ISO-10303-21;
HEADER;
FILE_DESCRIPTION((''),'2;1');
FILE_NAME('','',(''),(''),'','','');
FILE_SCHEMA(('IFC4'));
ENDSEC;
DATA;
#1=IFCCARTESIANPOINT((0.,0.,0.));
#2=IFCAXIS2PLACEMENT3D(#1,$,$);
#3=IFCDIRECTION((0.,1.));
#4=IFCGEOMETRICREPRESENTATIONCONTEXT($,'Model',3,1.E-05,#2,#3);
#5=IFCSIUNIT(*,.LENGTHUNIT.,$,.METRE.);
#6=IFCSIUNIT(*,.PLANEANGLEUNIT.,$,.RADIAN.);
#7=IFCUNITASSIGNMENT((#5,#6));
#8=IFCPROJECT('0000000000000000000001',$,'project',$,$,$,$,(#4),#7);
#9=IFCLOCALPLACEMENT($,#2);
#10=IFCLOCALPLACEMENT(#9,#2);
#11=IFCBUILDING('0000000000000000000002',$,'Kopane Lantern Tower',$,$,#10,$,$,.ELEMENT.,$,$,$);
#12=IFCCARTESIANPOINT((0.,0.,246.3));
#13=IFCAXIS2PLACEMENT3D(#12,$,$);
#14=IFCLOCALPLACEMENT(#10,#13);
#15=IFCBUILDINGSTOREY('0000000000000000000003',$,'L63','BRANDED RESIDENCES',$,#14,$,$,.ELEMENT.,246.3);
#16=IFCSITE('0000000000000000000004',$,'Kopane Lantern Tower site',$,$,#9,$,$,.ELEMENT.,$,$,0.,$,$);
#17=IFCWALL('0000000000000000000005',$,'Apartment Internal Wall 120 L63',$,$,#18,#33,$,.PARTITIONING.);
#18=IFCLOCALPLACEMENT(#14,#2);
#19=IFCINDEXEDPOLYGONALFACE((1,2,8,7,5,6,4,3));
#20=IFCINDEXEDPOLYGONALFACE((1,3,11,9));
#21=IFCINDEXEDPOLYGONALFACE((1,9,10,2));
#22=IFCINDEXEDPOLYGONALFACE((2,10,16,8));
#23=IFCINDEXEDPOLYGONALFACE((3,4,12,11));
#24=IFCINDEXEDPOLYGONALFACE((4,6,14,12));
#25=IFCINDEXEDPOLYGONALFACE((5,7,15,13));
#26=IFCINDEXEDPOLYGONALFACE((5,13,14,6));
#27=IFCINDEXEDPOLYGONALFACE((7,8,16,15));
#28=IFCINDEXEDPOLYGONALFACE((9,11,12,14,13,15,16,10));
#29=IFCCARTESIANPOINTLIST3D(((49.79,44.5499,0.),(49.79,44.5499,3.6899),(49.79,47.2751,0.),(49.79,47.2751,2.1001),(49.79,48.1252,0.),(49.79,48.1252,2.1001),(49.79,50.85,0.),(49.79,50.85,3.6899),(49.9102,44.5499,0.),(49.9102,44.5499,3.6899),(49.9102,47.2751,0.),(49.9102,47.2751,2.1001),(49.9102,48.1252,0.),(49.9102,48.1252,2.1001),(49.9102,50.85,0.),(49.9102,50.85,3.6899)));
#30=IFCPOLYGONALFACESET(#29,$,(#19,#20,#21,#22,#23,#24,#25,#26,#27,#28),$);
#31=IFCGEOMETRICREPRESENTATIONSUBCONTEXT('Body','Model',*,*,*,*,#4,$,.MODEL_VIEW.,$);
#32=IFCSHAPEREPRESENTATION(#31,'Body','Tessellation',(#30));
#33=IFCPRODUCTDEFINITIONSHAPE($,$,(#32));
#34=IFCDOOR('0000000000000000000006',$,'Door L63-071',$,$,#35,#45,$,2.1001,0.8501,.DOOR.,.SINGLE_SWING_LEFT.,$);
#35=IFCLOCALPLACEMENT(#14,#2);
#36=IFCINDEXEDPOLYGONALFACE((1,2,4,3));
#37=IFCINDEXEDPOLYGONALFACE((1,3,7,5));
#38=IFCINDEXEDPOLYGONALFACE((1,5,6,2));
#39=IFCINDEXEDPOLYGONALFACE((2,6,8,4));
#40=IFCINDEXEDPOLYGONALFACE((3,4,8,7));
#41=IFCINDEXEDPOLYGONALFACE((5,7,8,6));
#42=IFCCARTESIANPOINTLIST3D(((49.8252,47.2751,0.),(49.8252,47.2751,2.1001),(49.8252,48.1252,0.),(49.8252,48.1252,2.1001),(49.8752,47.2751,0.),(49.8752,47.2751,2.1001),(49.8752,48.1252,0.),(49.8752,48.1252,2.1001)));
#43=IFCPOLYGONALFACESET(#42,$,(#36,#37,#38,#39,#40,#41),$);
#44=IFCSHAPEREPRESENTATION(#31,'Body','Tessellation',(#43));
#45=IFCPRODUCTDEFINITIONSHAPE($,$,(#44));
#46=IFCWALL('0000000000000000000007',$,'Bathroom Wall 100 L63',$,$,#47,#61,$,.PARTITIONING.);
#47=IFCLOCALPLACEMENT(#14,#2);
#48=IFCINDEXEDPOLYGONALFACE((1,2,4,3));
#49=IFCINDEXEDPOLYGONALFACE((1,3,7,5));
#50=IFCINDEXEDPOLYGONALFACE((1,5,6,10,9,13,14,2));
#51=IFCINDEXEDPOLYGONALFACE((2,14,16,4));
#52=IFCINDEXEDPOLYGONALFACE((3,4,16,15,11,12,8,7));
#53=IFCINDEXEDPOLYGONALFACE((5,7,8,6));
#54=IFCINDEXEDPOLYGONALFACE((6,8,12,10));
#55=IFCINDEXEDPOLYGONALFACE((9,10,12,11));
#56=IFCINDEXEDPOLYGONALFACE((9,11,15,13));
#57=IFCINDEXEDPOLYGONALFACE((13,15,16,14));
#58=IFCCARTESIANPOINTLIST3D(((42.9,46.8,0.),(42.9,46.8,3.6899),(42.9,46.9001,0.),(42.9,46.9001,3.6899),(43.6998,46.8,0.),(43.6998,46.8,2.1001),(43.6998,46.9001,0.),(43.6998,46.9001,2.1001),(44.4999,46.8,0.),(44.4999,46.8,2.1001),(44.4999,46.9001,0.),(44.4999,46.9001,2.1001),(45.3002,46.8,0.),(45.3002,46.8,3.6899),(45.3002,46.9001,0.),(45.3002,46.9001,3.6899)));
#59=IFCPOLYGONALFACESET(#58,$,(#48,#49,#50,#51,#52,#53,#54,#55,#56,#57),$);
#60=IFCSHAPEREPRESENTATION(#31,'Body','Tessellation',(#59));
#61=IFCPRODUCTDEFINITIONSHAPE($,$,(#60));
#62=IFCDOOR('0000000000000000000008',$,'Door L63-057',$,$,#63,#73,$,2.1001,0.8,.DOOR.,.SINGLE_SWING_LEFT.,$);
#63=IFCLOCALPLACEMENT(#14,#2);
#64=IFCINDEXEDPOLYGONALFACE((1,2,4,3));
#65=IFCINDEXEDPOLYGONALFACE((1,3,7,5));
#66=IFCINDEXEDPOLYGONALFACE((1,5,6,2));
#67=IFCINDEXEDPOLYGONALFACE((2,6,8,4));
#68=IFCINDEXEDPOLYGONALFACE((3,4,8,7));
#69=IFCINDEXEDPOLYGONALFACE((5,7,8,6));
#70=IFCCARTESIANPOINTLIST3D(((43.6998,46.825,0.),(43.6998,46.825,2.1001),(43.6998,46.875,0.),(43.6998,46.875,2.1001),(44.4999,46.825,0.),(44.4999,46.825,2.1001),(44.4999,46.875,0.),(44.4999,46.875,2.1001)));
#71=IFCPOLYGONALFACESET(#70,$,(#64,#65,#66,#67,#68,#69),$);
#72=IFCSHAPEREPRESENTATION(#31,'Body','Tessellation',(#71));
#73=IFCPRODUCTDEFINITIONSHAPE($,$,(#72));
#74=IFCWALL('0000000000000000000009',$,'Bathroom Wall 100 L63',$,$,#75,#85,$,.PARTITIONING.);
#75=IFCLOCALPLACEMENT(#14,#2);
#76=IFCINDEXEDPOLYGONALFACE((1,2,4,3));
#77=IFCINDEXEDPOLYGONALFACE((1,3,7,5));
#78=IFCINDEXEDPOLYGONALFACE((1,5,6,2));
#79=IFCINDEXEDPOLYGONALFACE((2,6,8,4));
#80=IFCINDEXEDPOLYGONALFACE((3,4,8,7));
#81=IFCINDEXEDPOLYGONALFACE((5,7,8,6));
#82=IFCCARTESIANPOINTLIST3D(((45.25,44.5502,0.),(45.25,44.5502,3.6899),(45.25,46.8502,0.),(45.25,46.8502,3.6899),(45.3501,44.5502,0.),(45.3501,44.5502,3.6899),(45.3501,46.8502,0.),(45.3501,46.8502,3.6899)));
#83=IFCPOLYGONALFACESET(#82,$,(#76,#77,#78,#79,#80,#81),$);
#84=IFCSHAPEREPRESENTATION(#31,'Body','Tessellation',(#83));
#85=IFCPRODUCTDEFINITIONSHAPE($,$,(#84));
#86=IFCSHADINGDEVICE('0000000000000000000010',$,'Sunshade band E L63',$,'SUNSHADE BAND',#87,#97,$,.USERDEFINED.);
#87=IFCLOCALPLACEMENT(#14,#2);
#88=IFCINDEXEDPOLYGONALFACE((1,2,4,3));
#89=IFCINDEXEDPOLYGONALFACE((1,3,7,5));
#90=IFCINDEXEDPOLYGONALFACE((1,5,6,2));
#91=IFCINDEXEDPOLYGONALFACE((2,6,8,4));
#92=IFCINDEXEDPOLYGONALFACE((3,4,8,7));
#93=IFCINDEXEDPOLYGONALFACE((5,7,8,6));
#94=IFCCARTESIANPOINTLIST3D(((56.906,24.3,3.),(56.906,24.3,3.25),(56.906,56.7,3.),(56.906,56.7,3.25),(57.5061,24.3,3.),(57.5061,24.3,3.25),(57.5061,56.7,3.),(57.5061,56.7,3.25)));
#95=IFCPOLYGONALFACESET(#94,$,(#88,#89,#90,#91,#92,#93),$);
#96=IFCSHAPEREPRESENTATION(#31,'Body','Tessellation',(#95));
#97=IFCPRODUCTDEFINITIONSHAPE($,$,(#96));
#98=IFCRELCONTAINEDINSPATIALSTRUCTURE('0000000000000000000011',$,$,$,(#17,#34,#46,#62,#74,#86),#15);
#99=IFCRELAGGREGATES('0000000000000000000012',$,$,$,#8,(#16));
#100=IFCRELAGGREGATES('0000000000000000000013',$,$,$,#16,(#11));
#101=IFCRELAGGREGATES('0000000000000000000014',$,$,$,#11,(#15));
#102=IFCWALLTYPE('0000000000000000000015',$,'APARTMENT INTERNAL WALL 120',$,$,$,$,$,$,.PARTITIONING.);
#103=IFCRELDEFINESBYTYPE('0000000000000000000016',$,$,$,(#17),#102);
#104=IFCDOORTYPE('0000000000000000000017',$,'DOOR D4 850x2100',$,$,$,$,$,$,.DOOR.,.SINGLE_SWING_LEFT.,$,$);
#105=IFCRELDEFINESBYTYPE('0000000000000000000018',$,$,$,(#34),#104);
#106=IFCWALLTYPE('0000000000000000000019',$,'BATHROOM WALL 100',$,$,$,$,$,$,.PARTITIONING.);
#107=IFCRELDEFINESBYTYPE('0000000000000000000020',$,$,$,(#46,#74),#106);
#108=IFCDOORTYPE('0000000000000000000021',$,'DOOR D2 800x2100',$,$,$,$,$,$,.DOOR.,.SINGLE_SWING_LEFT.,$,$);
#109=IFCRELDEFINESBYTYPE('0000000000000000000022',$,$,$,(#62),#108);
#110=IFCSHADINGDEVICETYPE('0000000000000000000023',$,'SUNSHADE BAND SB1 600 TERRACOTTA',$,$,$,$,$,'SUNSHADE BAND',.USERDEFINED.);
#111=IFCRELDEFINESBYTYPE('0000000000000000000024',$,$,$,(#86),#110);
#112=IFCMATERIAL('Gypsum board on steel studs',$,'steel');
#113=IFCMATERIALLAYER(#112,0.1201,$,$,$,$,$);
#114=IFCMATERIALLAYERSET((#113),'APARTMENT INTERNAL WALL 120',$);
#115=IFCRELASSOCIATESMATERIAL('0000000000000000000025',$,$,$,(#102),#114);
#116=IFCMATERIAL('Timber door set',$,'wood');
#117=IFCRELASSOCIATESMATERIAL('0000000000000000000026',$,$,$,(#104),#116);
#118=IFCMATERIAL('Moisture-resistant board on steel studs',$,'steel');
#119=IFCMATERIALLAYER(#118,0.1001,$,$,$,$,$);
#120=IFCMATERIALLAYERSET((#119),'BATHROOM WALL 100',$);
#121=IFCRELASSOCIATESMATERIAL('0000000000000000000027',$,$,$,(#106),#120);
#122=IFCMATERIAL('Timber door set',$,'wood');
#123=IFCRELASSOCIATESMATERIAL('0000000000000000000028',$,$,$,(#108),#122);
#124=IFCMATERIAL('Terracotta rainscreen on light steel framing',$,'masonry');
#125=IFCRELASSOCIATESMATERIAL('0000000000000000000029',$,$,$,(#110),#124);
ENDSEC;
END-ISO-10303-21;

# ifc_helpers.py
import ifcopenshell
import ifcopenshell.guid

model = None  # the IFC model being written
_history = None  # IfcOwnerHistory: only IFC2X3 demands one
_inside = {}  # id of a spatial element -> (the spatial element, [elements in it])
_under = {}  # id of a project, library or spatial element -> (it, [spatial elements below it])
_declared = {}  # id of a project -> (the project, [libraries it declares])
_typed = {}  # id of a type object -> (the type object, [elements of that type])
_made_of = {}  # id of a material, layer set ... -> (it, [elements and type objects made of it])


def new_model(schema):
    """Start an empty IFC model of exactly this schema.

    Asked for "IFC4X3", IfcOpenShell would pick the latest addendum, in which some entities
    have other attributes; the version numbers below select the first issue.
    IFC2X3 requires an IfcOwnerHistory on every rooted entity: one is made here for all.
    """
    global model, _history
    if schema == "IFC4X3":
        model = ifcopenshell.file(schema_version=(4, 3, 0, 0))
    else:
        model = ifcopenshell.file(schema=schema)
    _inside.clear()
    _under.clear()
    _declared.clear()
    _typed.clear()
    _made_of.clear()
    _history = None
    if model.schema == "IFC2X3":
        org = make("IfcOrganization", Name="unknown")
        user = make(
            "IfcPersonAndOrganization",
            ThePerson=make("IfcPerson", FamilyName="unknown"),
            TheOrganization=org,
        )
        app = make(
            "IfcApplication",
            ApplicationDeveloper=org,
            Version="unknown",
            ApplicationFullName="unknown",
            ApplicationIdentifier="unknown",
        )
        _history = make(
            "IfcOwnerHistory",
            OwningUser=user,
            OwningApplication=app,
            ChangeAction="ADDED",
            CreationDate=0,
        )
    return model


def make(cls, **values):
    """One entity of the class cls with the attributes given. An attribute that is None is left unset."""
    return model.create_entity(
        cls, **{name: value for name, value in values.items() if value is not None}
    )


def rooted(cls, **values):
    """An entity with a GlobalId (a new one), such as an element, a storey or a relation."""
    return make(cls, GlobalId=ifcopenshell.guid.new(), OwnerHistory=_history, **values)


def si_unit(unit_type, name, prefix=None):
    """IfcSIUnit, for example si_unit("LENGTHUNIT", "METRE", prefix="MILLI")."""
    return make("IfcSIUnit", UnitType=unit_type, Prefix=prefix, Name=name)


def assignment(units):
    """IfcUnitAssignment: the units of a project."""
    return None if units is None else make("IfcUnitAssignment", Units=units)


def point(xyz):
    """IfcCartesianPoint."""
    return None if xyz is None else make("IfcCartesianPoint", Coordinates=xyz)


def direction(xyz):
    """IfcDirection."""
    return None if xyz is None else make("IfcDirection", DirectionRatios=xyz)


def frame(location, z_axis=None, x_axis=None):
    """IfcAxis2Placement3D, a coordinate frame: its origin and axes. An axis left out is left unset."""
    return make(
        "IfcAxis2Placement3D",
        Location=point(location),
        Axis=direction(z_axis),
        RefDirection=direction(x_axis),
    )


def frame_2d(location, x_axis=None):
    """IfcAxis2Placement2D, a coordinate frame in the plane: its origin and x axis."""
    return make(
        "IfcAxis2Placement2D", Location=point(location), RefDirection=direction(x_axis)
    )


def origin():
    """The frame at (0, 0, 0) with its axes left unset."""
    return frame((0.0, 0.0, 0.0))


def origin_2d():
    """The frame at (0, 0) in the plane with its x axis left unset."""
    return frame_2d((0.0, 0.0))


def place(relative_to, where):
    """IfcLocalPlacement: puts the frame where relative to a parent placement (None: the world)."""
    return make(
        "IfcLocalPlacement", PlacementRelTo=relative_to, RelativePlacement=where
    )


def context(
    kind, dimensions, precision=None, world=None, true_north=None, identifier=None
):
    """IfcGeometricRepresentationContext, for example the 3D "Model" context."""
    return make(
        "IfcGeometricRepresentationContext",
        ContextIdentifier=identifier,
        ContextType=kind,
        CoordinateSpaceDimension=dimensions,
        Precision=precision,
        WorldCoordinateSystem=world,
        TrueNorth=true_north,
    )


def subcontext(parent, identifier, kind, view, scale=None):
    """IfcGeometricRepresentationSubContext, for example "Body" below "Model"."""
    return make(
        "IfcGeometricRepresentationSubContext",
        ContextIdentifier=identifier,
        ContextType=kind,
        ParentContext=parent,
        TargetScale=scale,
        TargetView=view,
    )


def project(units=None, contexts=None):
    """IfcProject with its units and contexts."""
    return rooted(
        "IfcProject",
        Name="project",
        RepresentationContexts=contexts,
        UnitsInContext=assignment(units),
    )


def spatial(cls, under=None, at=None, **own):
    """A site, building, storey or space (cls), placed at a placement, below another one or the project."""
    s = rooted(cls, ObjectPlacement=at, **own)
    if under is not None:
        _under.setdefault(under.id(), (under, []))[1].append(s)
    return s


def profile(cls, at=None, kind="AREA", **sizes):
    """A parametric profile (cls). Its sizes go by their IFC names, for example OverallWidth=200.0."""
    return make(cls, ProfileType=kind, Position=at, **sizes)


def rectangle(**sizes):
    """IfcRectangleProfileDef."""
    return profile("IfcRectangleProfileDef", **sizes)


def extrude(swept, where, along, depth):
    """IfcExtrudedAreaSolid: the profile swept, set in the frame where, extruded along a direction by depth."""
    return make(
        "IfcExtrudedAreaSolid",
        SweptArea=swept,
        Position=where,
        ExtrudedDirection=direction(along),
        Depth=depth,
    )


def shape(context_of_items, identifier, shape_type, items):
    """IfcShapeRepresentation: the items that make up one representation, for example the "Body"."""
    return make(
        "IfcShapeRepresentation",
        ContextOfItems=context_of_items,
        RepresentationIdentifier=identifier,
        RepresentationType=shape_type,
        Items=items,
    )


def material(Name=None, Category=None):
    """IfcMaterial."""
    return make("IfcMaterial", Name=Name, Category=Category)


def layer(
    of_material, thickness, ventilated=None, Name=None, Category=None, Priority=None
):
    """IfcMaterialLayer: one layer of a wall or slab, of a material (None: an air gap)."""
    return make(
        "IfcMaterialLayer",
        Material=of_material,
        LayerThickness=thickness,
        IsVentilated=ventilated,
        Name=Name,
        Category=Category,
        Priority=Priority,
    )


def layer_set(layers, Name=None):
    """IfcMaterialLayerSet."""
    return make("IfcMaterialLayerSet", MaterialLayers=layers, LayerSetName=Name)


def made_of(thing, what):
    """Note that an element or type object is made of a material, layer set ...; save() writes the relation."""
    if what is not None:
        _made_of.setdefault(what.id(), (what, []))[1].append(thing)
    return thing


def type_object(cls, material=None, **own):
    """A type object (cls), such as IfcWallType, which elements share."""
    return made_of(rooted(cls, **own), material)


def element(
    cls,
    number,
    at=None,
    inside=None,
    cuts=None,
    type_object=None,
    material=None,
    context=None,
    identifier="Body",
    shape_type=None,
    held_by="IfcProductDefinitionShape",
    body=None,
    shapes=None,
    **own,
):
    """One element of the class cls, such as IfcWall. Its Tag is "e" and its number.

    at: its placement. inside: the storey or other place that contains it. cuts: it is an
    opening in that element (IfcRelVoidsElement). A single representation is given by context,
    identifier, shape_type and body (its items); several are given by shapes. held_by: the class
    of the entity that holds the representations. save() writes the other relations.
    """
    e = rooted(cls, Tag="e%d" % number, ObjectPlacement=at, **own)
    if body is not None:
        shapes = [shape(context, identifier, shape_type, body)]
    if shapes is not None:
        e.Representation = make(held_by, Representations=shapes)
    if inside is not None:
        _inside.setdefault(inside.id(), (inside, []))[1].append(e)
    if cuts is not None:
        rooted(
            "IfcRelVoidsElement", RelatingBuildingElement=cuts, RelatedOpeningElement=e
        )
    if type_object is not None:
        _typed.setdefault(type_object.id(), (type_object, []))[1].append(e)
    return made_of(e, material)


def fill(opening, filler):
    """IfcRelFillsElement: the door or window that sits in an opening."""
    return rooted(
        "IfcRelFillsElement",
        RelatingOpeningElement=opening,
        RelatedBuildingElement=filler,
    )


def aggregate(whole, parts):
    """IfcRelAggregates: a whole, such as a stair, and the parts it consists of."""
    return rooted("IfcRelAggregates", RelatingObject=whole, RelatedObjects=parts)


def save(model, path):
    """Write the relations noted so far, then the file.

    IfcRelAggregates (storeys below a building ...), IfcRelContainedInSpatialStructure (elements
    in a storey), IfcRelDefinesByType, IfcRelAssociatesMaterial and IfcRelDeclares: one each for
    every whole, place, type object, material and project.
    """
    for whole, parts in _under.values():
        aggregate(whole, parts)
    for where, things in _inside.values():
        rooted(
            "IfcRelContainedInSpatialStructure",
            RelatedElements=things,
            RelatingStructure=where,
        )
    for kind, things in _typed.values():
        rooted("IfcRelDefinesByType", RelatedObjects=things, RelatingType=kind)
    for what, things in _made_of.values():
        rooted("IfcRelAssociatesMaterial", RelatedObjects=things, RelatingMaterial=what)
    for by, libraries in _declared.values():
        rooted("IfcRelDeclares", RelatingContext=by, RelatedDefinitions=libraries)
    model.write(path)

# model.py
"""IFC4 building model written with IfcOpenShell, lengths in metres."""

from ifc_helpers import new_model, si_unit, direction, frame, frame_2d, origin, origin_2d, place, context, subcontext, project, spatial, rectangle, extrude, material, layer, layer_set, type_object, element, fill, save


model = new_model("IFC4")

# Units and contexts
model_context = context("Model", 3, precision=1e-05, world=origin(), true_north=direction((0.0, 1.0)))
body_context = subcontext(model_context, "Body", "Model", "MODEL_VIEW")
ifc_project = project(units=[si_unit("LENGTHUNIT", "METRE"), si_unit("PLANEANGLEUNIT", "RADIAN")], contexts=[model_context])

# Site, building, storey
site_placement = place(None, origin())
site = spatial("IfcSite", under=ifc_project, at=site_placement, Name="Kopane Lantern Tower site", CompositionType="ELEMENT", RefElevation=0.0)
building_placement = place(site_placement, origin())
building = spatial("IfcBuilding", under=site, at=building_placement, Name="Kopane Lantern Tower", CompositionType="ELEMENT")
storey_placement = place(building_placement, frame((0.0, 0.0, 246.3)))
storey = spatial("IfcBuildingStorey", under=building, at=storey_placement, Name="L63", Description="BRANDED RESIDENCES", CompositionType="ELEMENT", Elevation=246.3)

# Shared definitions
ifc_material_1 = material(Name="Gypsum board on steel studs", Category="steel")
ifc_layer_1 = layer(ifc_material_1, 0.1201)
ifc_layer_set_1 = layer_set([ifc_layer_1], Name="APARTMENT INTERNAL WALL 120")
wall_type_1 = type_object("IfcWallType", Name="APARTMENT INTERNAL WALL 120", PredefinedType="PARTITIONING", material=ifc_layer_set_1)
ifc_material_2 = material(Name="Timber door set", Category="wood")
door_type_1 = type_object("IfcDoorType", Name="DOOR D4 850x2100", OperationType="SINGLE_SWING_LEFT", PredefinedType="DOOR", material=ifc_material_2)

# Walls, openings, doors
wall_1_placement = place(storey_placement, frame((49.8501, 44.55, 0.0), z_axis=(0.0, 0.0, 1.0), x_axis=(0.0, 1.0, 0.0)))
wall_1 = element("IfcWall", 1, at=wall_1_placement, inside=storey, type_object=wall_type_1, Name="Apartment Internal Wall 120 L63", PredefinedType="PARTITIONING", context=body_context, shape_type="SweptSolid", body=[
    extrude(rectangle(XDim=6.3, YDim=0.1201, at=frame_2d((3.1499, 0.0))), origin(), (0.0, 0.0, 1.0), 3.6899),
])
opening_1_placement = place(wall_1_placement, frame((2.7251, 0.0, 0.0)))
opening_1 = element("IfcOpeningElement", 2, at=opening_1_placement, cuts=wall_1, PredefinedType="OPENING", context=body_context, shape_type="SweptSolid", body=[
    extrude(rectangle(XDim=0.8501, YDim=2.1001, at=frame_2d((0.425, 1.05))), frame((0.0, 0.0701, 0.0), z_axis=(0.0, -1.0, 0.0), x_axis=(1.0, 0.0, 0.0)), (0.0, 0.0, 1.0), 0.1401),
])
door_1_placement = place(opening_1_placement, origin())
door_1 = element("IfcDoor", 3, at=door_1_placement, inside=storey, type_object=door_type_1, Name="Door L63-071", OperationType="SINGLE_SWING_LEFT", OverallHeight=2.1001, OverallWidth=0.8501, PredefinedType="DOOR", context=body_context, shape_type="SweptSolid", body=[
    extrude(rectangle(XDim=0.8501, YDim=2.1001, at=frame_2d((0.425, 1.05))), frame((0.0, 0.0249, 0.0), z_axis=(0.0, -1.0, 0.0), x_axis=(1.0, 0.0, 0.0)), (0.0, 0.0, 1.0), 0.05),
])
fill(opening_1, door_1)
ifc_material_3 = material(Name="Moisture-resistant board on steel studs", Category="steel")
ifc_layer_2 = layer(ifc_material_3, 0.1001)
ifc_layer_set_2 = layer_set([ifc_layer_2], Name="BATHROOM WALL 100")
wall_type_2 = type_object("IfcWallType", Name="BATHROOM WALL 100", PredefinedType="PARTITIONING", material=ifc_layer_set_2)
wall_2_placement = place(storey_placement, frame((42.8999, 46.8501, 0.0), z_axis=(0.0, 0.0, 1.0), x_axis=(1.0, 0.0, 0.0)))
wall_2 = element("IfcWall", 4, at=wall_2_placement, inside=storey, type_object=wall_type_2, Name="Bathroom Wall 100 L63", PredefinedType="PARTITIONING", context=body_context, shape_type="SweptSolid", body=[
    extrude(rectangle(XDim=2.4001, YDim=0.1001, at=frame_2d((1.2002, 0.0))), origin(), (0.0, 0.0, 1.0), 3.6899),
])
opening_2_placement = place(wall_2_placement, frame((0.8, 0.0, 0.0)))
opening_2 = element("IfcOpeningElement", 5, at=opening_2_placement, cuts=wall_2, PredefinedType="OPENING", context=body_context, shape_type="SweptSolid", body=[
    extrude(rectangle(XDim=0.8, YDim=2.1001, at=frame_2d((0.3999, 1.05))), frame((0.0, 0.0601, 0.0), z_axis=(0.0, -1.0, 0.0), x_axis=(1.0, 0.0, 0.0)), (0.0, 0.0, 1.0), 0.1201),
])
ifc_material_4 = material(Name="Timber door set", Category="wood")
door_type_2 = type_object("IfcDoorType", Name="DOOR D2 800x2100", OperationType="SINGLE_SWING_LEFT", PredefinedType="DOOR", material=ifc_material_4)
door_2_placement = place(opening_2_placement, origin())
door_2 = element("IfcDoor", 6, at=door_2_placement, inside=storey, type_object=door_type_2, Name="Door L63-057", OperationType="SINGLE_SWING_LEFT", OverallHeight=2.1001, OverallWidth=0.8, PredefinedType="DOOR", context=body_context, shape_type="SweptSolid", body=[
    extrude(rectangle(XDim=0.8, YDim=2.1001, at=frame_2d((0.3999, 1.05))), frame((0.0, 0.0249, 0.0), z_axis=(0.0, -1.0, 0.0), x_axis=(1.0, 0.0, 0.0)), (0.0, 0.0, 1.0), 0.05),
])
fill(opening_2, door_2)

# Wall
wall_3_placement = place(storey_placement, frame((45.3, 46.8501, 0.0), z_axis=(0.0, 0.0, 1.0), x_axis=(0.0, -1.0, 0.0)))
element("IfcWall", 7, at=wall_3_placement, inside=storey, type_object=wall_type_2, Name="Bathroom Wall 100 L63", PredefinedType="PARTITIONING", context=body_context, shape_type="SweptSolid", body=[
    extrude(rectangle(XDim=2.3, YDim=0.1001, at=frame_2d((1.1499, 0.0))), origin(), (0.0, 0.0, 1.0), 3.6899),
])

# Shading device
ifc_material_5 = material(Name="Terracotta rainscreen on light steel framing", Category="masonry")
shading_device_type = type_object("IfcShadingDeviceType", Name="SUNSHADE BAND SB1 600 TERRACOTTA", ElementType="SUNSHADE BAND", PredefinedType="USERDEFINED", material=ifc_material_5)
shading_device_placement = place(storey_placement, frame((57.2061, 40.5, 3.0), z_axis=(0.0, 0.0, 1.0), x_axis=(0.0, 1.0, 0.0)))
element("IfcShadingDevice", 8, at=shading_device_placement, inside=storey, type_object=shading_device_type, Name="Sunshade band E L63", ObjectType="SUNSHADE BAND", PredefinedType="USERDEFINED", context=body_context, shape_type="SweptSolid", body=[
    extrude(rectangle(XDim=32.3999, YDim=0.6001, at=origin_2d()), origin(), (0.0, 0.0, 1.0), 0.25),
])

save(model, "model.ifc")
